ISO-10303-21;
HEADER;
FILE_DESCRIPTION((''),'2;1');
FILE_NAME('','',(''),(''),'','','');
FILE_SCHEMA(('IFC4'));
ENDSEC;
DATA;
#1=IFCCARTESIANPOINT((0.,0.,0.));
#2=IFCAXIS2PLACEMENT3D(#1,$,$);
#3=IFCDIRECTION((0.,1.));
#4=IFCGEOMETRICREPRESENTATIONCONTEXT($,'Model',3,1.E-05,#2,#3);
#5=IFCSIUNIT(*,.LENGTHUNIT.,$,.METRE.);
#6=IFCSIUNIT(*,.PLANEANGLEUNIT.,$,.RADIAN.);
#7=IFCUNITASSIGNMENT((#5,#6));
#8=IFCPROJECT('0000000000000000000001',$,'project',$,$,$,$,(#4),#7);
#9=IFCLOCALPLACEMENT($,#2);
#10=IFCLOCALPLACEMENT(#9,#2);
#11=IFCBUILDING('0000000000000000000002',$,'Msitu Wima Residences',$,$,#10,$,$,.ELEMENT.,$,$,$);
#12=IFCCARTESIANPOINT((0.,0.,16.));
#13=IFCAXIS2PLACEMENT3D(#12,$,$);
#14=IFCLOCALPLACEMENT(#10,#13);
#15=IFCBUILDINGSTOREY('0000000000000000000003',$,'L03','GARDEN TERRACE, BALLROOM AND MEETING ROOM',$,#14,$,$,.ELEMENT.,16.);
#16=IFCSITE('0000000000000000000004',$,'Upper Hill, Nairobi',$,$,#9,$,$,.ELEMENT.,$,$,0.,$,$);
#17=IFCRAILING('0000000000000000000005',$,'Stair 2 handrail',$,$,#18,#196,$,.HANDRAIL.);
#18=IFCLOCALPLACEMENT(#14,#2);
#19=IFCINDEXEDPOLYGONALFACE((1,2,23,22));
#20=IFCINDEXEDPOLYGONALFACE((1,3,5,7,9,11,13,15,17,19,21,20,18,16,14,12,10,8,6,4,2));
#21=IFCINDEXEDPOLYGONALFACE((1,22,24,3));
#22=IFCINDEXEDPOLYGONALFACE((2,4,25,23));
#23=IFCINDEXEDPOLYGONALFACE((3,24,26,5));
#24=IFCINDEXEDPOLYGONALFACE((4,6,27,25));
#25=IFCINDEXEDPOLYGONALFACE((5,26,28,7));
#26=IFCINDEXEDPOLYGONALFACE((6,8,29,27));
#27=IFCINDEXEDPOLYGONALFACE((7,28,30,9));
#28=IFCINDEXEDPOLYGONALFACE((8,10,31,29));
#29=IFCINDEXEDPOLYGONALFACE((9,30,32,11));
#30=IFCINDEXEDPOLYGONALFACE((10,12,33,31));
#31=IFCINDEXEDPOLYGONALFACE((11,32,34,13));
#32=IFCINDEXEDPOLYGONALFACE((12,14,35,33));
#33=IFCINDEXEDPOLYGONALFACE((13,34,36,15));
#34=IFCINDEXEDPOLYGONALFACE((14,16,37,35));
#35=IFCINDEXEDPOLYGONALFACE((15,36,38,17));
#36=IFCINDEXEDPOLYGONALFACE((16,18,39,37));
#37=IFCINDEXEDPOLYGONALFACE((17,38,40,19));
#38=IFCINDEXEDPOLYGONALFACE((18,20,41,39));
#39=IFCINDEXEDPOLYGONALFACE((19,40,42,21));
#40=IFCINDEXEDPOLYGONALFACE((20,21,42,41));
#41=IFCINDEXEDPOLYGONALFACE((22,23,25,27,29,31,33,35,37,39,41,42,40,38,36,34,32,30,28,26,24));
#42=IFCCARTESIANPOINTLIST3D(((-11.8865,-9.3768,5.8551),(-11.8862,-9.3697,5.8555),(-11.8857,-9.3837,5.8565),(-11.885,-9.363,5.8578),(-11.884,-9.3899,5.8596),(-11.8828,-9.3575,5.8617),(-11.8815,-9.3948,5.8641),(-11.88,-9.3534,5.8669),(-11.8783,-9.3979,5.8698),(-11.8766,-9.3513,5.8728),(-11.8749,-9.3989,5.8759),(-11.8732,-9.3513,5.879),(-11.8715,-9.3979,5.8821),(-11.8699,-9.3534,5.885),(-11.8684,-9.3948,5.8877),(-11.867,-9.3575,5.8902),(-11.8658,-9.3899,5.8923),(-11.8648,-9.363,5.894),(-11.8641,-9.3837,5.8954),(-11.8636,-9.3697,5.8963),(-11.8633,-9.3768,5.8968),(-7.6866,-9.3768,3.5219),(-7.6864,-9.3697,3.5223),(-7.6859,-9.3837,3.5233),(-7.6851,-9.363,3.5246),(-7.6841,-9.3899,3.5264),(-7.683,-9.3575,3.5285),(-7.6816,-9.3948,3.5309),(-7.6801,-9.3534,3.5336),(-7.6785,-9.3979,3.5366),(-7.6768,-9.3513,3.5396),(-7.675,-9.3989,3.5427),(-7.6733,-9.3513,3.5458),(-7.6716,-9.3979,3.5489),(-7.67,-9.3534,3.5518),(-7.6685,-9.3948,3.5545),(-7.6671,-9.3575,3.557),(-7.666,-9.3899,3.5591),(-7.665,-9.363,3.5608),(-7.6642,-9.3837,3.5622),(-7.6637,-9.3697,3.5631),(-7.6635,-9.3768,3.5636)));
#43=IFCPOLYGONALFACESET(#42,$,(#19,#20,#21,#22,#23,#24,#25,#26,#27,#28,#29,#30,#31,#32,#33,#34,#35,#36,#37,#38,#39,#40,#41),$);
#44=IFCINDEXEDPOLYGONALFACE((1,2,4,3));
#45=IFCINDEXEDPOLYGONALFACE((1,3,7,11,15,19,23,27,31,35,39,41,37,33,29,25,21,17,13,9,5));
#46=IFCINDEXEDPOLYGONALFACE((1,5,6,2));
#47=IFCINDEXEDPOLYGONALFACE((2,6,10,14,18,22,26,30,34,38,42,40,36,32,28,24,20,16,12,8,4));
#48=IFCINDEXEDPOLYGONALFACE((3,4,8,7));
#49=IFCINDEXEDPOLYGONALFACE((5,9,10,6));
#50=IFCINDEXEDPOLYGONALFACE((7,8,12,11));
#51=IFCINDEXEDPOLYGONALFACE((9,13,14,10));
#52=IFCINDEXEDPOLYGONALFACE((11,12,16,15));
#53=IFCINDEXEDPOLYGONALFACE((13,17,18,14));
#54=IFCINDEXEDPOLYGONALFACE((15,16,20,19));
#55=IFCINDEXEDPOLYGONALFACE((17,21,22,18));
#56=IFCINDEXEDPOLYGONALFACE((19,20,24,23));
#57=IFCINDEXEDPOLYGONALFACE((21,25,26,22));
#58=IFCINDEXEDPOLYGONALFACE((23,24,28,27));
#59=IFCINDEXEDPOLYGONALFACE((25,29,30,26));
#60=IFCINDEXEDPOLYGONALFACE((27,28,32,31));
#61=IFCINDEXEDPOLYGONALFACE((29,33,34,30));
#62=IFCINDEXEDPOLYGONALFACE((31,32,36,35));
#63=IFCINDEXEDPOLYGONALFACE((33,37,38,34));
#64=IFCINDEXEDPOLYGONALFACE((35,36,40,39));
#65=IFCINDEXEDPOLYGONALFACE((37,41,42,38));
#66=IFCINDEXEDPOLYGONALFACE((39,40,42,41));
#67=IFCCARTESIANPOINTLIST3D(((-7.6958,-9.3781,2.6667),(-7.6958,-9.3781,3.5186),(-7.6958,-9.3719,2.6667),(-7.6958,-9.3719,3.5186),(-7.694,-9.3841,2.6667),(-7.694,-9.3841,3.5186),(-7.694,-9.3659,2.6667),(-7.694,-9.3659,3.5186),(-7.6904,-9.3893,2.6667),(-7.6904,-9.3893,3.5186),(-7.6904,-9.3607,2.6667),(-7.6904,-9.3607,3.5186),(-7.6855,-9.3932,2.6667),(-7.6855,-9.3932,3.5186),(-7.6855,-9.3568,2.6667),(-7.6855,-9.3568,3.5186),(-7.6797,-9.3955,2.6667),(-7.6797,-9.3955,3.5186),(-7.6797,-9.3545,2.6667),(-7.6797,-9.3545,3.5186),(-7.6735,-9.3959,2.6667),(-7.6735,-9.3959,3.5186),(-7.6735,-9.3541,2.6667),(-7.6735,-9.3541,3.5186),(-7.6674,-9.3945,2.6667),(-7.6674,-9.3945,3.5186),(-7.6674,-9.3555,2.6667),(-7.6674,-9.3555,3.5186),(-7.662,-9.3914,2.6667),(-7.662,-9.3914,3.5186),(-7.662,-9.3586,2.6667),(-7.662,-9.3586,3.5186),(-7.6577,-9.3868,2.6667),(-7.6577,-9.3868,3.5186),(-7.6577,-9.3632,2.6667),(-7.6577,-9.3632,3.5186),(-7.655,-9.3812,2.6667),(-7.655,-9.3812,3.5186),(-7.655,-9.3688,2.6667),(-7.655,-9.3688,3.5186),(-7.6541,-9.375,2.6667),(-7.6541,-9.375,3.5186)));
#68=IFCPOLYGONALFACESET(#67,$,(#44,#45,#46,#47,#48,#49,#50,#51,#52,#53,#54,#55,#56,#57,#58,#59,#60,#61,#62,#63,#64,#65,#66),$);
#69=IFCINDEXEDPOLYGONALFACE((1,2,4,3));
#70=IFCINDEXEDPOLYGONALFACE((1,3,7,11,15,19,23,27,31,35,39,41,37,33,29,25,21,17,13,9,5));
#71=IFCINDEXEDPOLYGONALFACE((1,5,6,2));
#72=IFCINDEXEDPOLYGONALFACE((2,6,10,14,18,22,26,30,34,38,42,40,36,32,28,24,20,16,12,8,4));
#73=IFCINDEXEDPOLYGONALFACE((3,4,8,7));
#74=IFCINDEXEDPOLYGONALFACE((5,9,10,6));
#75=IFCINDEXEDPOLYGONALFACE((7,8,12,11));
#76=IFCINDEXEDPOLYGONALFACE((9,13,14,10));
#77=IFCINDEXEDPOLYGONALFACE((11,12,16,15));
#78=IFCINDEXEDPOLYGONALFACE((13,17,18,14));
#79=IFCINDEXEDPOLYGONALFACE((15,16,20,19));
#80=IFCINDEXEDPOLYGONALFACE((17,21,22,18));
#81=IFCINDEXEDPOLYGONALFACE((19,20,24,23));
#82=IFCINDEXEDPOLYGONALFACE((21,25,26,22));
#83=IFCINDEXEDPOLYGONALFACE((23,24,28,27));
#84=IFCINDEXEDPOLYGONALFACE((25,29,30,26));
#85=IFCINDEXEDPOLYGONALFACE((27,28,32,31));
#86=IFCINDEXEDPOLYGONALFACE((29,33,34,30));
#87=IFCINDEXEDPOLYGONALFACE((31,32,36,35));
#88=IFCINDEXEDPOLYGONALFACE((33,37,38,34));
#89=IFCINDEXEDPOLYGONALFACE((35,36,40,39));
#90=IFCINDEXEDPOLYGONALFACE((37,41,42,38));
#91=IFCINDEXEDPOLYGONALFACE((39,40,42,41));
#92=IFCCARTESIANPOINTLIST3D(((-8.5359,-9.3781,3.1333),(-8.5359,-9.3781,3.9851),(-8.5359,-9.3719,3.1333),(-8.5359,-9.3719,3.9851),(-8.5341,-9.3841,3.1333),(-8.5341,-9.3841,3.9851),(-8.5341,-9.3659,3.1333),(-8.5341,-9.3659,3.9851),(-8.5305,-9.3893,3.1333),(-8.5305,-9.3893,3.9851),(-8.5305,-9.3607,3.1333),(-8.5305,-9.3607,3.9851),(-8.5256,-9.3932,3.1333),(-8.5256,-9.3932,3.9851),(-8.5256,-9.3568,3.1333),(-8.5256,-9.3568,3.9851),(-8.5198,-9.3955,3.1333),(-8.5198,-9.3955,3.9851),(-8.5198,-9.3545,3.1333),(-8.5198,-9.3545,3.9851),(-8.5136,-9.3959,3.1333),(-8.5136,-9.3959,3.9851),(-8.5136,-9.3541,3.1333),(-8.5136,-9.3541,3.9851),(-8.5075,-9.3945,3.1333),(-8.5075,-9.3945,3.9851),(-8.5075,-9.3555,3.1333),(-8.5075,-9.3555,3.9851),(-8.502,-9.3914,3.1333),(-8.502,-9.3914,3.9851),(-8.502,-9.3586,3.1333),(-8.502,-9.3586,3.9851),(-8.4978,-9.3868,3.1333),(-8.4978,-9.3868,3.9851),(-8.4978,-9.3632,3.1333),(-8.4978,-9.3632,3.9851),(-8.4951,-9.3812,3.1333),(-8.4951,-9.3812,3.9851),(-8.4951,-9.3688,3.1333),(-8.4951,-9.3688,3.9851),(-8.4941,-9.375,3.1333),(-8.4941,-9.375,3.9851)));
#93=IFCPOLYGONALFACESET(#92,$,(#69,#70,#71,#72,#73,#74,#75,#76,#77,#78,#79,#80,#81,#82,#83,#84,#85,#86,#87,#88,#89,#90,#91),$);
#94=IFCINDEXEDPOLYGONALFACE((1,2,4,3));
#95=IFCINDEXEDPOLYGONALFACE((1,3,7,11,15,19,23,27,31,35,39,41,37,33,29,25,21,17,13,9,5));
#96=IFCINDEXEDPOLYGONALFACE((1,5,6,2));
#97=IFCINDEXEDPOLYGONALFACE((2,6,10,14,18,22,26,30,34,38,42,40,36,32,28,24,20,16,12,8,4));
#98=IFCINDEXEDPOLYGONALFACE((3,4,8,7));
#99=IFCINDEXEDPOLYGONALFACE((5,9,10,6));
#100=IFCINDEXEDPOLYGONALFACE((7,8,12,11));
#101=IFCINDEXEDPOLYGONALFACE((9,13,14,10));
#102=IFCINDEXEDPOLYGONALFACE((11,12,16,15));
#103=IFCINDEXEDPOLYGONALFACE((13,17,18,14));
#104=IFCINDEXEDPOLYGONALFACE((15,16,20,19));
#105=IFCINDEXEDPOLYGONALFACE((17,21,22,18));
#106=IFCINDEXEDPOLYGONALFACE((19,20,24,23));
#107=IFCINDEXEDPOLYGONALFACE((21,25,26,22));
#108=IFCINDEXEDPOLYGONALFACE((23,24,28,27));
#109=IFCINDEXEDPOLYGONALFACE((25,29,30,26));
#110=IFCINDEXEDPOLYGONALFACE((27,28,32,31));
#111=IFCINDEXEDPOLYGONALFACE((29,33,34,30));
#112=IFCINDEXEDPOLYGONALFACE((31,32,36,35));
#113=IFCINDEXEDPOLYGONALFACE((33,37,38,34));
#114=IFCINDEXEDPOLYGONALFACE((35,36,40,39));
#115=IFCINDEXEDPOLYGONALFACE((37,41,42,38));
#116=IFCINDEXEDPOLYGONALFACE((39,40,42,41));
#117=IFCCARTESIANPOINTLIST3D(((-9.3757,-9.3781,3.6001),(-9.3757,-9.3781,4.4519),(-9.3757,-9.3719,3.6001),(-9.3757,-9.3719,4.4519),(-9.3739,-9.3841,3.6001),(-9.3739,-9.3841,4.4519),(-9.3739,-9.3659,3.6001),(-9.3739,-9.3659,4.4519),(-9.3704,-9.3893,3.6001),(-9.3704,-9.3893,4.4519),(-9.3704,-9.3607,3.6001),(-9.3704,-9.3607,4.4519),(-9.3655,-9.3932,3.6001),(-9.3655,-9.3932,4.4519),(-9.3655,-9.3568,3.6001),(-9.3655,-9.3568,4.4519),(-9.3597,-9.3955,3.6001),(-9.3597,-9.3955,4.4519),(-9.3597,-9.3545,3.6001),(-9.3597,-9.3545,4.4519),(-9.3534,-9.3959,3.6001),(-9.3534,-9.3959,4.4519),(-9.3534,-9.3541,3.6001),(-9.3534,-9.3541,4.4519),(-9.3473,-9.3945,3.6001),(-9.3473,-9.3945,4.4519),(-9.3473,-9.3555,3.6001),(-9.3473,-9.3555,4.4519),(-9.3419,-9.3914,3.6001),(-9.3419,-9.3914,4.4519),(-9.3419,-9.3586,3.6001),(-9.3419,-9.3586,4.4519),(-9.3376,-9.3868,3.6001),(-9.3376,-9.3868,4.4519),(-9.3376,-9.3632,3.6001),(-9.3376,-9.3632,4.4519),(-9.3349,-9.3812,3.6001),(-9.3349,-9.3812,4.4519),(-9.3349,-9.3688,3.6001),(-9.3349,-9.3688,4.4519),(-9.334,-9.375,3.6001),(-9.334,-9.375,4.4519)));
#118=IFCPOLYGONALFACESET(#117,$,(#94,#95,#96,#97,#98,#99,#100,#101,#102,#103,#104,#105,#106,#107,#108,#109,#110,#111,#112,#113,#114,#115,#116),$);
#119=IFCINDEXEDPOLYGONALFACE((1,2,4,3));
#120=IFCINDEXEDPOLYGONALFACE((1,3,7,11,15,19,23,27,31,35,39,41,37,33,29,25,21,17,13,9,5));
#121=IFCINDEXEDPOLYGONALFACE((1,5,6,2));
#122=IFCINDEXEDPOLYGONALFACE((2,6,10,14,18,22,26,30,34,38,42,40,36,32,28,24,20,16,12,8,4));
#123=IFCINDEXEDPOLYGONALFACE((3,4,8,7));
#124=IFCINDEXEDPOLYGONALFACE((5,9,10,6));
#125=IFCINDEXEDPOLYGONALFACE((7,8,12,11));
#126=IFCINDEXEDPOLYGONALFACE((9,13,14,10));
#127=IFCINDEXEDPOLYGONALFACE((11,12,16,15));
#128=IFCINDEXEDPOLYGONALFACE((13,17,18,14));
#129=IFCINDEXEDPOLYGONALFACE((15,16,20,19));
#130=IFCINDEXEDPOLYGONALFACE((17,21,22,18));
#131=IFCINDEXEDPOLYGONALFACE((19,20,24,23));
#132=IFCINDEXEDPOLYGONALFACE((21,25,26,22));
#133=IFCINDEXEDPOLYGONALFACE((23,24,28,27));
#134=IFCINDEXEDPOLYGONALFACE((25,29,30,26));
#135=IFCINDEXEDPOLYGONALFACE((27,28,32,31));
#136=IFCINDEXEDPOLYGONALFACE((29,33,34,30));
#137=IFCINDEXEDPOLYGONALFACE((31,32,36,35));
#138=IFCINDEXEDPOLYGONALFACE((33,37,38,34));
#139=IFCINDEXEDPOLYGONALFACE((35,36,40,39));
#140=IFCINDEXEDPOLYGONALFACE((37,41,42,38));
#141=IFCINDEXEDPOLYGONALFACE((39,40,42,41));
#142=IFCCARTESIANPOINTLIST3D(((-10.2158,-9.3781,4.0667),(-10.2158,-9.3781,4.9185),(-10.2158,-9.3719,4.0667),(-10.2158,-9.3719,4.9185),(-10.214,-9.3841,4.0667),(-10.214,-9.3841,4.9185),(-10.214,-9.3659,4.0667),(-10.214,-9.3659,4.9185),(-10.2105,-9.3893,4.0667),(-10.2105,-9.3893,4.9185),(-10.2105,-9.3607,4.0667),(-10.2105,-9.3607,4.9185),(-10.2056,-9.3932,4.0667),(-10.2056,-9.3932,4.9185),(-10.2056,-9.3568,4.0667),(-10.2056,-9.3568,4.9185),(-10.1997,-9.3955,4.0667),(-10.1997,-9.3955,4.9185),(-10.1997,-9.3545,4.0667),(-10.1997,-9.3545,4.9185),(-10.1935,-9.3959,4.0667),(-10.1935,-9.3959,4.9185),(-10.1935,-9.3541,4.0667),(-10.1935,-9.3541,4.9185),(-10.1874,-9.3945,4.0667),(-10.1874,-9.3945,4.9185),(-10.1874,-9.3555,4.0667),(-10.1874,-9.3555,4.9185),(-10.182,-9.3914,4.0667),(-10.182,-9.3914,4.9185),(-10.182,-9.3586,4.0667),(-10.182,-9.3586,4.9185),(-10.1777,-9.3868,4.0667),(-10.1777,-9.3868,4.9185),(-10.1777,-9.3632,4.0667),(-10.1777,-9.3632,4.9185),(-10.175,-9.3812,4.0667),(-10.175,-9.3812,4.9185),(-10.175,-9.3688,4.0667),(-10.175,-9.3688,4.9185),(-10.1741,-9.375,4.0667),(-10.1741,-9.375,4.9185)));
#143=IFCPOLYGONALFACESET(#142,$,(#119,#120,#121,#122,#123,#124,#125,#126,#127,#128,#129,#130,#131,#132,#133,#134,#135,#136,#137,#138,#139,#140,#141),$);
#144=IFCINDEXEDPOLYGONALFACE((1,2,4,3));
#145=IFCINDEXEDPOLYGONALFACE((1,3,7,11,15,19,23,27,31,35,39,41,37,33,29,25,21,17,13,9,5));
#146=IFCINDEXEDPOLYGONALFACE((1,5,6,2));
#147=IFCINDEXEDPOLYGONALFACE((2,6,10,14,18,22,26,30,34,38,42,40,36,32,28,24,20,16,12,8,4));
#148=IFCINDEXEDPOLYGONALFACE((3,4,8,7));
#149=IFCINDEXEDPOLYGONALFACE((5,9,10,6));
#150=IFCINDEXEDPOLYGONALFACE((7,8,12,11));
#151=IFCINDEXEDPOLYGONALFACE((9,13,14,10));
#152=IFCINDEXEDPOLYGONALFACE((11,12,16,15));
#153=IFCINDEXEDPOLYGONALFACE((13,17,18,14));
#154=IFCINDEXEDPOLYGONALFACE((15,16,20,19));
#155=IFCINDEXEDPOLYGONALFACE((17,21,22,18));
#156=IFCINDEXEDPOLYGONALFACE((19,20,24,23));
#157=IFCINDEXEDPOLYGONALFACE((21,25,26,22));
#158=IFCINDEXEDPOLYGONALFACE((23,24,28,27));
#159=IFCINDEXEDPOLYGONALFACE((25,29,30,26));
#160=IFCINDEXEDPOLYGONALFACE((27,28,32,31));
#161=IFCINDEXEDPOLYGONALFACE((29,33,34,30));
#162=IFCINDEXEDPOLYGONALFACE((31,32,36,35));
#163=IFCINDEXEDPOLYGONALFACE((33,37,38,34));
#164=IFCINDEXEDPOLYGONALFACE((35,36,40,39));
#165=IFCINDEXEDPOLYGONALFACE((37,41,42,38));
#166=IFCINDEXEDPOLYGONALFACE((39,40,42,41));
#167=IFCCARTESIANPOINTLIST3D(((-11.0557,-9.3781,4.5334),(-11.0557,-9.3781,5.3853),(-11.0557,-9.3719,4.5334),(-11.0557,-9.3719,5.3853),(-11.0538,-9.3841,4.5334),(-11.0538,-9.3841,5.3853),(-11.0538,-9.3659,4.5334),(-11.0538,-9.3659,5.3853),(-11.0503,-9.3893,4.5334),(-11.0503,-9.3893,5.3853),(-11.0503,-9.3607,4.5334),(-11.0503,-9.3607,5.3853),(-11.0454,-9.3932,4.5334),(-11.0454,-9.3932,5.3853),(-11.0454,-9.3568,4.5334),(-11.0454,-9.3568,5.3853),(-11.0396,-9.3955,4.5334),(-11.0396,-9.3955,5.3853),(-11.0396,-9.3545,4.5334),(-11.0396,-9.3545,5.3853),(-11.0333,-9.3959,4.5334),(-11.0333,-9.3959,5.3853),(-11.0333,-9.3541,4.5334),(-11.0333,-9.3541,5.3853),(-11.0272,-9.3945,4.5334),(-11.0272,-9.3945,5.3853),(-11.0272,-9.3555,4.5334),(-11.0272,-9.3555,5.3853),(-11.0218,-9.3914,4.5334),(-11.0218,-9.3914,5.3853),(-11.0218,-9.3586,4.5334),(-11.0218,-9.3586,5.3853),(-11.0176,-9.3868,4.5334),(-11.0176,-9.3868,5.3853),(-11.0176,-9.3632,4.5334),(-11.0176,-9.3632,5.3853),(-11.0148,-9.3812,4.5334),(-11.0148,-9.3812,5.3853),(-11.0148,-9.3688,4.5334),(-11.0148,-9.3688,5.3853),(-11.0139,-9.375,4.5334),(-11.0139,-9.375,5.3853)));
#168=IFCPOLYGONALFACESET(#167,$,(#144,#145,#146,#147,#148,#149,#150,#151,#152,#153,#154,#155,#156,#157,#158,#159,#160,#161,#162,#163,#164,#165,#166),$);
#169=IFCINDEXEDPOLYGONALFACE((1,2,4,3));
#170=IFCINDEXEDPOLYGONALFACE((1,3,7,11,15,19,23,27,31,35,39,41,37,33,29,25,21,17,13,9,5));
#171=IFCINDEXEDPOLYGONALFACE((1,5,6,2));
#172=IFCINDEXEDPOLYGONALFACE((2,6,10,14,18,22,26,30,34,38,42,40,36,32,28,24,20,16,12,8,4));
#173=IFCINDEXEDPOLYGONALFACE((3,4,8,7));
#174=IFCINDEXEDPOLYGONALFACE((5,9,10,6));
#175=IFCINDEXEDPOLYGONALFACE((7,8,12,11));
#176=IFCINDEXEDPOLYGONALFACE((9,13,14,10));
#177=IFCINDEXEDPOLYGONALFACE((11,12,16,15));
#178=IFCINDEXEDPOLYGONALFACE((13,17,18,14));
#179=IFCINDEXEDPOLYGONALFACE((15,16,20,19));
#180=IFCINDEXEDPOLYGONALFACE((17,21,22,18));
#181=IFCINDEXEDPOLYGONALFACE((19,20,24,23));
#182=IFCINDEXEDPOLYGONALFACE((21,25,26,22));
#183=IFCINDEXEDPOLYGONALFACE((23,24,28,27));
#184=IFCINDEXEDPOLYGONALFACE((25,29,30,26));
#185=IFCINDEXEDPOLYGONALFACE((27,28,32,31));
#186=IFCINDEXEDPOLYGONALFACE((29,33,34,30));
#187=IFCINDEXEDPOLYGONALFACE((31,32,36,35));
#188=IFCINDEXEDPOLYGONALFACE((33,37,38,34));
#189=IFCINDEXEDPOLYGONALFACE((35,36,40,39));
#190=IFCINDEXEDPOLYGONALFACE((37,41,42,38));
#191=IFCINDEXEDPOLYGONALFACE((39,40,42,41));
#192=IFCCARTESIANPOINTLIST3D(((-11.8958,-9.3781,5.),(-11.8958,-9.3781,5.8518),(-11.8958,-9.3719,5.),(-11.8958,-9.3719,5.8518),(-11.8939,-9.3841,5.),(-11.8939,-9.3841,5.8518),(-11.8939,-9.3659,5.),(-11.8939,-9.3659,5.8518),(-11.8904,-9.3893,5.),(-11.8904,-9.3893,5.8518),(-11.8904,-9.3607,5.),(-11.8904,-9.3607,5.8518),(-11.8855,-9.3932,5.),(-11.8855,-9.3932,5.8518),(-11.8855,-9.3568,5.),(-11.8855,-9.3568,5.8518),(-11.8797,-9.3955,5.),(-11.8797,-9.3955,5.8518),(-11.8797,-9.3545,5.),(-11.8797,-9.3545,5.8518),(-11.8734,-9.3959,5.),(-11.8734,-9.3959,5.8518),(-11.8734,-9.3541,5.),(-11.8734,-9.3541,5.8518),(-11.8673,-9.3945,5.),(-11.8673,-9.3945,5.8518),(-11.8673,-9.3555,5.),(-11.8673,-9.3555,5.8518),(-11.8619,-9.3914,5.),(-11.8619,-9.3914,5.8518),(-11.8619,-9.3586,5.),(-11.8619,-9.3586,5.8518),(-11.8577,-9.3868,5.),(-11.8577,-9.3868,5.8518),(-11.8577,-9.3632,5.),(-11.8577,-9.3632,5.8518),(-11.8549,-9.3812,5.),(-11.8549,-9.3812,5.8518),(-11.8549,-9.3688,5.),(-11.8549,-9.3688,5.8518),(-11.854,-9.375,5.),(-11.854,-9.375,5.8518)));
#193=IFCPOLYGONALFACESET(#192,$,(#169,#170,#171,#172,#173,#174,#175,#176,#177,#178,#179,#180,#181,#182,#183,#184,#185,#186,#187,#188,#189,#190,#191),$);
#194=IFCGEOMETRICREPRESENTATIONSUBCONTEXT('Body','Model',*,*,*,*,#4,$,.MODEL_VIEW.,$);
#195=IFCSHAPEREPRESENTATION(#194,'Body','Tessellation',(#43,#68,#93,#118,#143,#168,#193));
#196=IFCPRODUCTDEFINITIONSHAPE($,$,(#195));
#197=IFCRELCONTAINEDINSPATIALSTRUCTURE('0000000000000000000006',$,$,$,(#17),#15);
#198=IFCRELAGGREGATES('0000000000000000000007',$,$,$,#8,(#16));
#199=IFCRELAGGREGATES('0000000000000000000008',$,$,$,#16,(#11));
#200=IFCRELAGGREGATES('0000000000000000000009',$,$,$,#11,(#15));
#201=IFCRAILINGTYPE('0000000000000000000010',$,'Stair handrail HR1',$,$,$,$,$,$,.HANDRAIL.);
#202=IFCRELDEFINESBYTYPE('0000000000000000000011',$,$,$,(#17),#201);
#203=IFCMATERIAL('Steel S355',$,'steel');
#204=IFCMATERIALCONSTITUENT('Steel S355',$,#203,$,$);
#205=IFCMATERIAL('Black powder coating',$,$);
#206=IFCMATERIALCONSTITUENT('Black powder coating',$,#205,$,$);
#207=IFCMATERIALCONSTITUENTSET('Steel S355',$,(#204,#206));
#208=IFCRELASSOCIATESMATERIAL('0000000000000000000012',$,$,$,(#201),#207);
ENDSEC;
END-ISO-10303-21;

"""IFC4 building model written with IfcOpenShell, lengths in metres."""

from ifc_helpers import new_model, si_unit, direction, frame, origin, origin_2d, place, context, subcontext, project, spatial, circle, extrude, material, constituent, constituent_set, type_object, element, save


model = new_model("IFC4")

# Units and contexts
model_context = context("Model", 3, precision=1e-05, world=origin(), true_north=direction((0.0, 1.0)))
body_context = subcontext(model_context, "Body", "Model", "MODEL_VIEW")
ifc_project = project(units=[si_unit("LENGTHUNIT", "METRE"), si_unit("PLANEANGLEUNIT", "RADIAN")], contexts=[model_context])

# Site, building, storey
site_placement = place(None, origin())
site = spatial("IfcSite", under=ifc_project, at=site_placement, Name="Upper Hill, Nairobi", CompositionType="ELEMENT", RefElevation=0.0)
building_placement = place(site_placement, origin())
building = spatial("IfcBuilding", under=site, at=building_placement, Name="Msitu Wima Residences", CompositionType="ELEMENT")
storey_placement = place(building_placement, frame((0.0, 0.0, 16.0)))
storey = spatial("IfcBuildingStorey", under=building, at=storey_placement, Name="L03", Description="GARDEN TERRACE, BALLROOM AND MEETING ROOM", CompositionType="ELEMENT", Elevation=16.0)

# Railing
ifc_material_1 = material(Name="Steel S355", Category="steel")
ifc_constituent_1 = constituent(ifc_material_1, Name="Steel S355")
ifc_material_2 = material(Name="Black powder coating")
ifc_constituent_2 = constituent(ifc_material_2, Name="Black powder coating")
ifc_constituent_set = constituent_set(constituents=[ifc_constituent_1, ifc_constituent_2], Name="Steel S355")
railing_type = type_object("IfcRailingType", Name="Stair handrail HR1", PredefinedType="HANDRAIL", material=ifc_constituent_set)
for number, where, name in (
    (1, (-7.675, -9.375, 2.6667), "Stair 2 handrail"),
):
    element("IfcRailing", number, at=place(storey_placement, frame(where)), inside=storey, type_object=railing_type, Name=name, PredefinedType="HANDRAIL", context=body_context, shape_type="SweptSolid", body=[
        extrude(circle(Radius=0.0239, at=origin_2d()), frame((0.0, 0.0, 0.876), z_axis=(-0.874162, 0.0, 0.485634), x_axis=(0.0, -1.0, 0.0)), (0.0, 0.0, 1.0), 4.8044),
        extrude(circle(Radius=0.021, at=origin_2d()), origin(), (0.0, 0.0, 1.0), 0.8518),
        extrude(circle(Radius=0.021, at=origin_2d()), frame((-0.8401, 0.0, 0.4666)), (0.0, 0.0, 1.0), 0.8518),
        extrude(circle(Radius=0.021, at=origin_2d()), frame((-1.6799, 0.0, 0.9333)), (0.0, 0.0, 1.0), 0.8518),
        extrude(circle(Radius=0.021, at=origin_2d()), frame((-2.52, 0.0, 1.3999)), (0.0, 0.0, 1.0), 0.8518),
        extrude(circle(Radius=0.021, at=origin_2d()), frame((-3.3599, 0.0, 1.8667)), (0.0, 0.0, 1.0), 0.8518),
        extrude(circle(Radius=0.021, at=origin_2d()), frame((-4.2, 0.0, 2.3333)), (0.0, 0.0, 1.0), 0.8518),
    ])

save(model, "model.ifc")
